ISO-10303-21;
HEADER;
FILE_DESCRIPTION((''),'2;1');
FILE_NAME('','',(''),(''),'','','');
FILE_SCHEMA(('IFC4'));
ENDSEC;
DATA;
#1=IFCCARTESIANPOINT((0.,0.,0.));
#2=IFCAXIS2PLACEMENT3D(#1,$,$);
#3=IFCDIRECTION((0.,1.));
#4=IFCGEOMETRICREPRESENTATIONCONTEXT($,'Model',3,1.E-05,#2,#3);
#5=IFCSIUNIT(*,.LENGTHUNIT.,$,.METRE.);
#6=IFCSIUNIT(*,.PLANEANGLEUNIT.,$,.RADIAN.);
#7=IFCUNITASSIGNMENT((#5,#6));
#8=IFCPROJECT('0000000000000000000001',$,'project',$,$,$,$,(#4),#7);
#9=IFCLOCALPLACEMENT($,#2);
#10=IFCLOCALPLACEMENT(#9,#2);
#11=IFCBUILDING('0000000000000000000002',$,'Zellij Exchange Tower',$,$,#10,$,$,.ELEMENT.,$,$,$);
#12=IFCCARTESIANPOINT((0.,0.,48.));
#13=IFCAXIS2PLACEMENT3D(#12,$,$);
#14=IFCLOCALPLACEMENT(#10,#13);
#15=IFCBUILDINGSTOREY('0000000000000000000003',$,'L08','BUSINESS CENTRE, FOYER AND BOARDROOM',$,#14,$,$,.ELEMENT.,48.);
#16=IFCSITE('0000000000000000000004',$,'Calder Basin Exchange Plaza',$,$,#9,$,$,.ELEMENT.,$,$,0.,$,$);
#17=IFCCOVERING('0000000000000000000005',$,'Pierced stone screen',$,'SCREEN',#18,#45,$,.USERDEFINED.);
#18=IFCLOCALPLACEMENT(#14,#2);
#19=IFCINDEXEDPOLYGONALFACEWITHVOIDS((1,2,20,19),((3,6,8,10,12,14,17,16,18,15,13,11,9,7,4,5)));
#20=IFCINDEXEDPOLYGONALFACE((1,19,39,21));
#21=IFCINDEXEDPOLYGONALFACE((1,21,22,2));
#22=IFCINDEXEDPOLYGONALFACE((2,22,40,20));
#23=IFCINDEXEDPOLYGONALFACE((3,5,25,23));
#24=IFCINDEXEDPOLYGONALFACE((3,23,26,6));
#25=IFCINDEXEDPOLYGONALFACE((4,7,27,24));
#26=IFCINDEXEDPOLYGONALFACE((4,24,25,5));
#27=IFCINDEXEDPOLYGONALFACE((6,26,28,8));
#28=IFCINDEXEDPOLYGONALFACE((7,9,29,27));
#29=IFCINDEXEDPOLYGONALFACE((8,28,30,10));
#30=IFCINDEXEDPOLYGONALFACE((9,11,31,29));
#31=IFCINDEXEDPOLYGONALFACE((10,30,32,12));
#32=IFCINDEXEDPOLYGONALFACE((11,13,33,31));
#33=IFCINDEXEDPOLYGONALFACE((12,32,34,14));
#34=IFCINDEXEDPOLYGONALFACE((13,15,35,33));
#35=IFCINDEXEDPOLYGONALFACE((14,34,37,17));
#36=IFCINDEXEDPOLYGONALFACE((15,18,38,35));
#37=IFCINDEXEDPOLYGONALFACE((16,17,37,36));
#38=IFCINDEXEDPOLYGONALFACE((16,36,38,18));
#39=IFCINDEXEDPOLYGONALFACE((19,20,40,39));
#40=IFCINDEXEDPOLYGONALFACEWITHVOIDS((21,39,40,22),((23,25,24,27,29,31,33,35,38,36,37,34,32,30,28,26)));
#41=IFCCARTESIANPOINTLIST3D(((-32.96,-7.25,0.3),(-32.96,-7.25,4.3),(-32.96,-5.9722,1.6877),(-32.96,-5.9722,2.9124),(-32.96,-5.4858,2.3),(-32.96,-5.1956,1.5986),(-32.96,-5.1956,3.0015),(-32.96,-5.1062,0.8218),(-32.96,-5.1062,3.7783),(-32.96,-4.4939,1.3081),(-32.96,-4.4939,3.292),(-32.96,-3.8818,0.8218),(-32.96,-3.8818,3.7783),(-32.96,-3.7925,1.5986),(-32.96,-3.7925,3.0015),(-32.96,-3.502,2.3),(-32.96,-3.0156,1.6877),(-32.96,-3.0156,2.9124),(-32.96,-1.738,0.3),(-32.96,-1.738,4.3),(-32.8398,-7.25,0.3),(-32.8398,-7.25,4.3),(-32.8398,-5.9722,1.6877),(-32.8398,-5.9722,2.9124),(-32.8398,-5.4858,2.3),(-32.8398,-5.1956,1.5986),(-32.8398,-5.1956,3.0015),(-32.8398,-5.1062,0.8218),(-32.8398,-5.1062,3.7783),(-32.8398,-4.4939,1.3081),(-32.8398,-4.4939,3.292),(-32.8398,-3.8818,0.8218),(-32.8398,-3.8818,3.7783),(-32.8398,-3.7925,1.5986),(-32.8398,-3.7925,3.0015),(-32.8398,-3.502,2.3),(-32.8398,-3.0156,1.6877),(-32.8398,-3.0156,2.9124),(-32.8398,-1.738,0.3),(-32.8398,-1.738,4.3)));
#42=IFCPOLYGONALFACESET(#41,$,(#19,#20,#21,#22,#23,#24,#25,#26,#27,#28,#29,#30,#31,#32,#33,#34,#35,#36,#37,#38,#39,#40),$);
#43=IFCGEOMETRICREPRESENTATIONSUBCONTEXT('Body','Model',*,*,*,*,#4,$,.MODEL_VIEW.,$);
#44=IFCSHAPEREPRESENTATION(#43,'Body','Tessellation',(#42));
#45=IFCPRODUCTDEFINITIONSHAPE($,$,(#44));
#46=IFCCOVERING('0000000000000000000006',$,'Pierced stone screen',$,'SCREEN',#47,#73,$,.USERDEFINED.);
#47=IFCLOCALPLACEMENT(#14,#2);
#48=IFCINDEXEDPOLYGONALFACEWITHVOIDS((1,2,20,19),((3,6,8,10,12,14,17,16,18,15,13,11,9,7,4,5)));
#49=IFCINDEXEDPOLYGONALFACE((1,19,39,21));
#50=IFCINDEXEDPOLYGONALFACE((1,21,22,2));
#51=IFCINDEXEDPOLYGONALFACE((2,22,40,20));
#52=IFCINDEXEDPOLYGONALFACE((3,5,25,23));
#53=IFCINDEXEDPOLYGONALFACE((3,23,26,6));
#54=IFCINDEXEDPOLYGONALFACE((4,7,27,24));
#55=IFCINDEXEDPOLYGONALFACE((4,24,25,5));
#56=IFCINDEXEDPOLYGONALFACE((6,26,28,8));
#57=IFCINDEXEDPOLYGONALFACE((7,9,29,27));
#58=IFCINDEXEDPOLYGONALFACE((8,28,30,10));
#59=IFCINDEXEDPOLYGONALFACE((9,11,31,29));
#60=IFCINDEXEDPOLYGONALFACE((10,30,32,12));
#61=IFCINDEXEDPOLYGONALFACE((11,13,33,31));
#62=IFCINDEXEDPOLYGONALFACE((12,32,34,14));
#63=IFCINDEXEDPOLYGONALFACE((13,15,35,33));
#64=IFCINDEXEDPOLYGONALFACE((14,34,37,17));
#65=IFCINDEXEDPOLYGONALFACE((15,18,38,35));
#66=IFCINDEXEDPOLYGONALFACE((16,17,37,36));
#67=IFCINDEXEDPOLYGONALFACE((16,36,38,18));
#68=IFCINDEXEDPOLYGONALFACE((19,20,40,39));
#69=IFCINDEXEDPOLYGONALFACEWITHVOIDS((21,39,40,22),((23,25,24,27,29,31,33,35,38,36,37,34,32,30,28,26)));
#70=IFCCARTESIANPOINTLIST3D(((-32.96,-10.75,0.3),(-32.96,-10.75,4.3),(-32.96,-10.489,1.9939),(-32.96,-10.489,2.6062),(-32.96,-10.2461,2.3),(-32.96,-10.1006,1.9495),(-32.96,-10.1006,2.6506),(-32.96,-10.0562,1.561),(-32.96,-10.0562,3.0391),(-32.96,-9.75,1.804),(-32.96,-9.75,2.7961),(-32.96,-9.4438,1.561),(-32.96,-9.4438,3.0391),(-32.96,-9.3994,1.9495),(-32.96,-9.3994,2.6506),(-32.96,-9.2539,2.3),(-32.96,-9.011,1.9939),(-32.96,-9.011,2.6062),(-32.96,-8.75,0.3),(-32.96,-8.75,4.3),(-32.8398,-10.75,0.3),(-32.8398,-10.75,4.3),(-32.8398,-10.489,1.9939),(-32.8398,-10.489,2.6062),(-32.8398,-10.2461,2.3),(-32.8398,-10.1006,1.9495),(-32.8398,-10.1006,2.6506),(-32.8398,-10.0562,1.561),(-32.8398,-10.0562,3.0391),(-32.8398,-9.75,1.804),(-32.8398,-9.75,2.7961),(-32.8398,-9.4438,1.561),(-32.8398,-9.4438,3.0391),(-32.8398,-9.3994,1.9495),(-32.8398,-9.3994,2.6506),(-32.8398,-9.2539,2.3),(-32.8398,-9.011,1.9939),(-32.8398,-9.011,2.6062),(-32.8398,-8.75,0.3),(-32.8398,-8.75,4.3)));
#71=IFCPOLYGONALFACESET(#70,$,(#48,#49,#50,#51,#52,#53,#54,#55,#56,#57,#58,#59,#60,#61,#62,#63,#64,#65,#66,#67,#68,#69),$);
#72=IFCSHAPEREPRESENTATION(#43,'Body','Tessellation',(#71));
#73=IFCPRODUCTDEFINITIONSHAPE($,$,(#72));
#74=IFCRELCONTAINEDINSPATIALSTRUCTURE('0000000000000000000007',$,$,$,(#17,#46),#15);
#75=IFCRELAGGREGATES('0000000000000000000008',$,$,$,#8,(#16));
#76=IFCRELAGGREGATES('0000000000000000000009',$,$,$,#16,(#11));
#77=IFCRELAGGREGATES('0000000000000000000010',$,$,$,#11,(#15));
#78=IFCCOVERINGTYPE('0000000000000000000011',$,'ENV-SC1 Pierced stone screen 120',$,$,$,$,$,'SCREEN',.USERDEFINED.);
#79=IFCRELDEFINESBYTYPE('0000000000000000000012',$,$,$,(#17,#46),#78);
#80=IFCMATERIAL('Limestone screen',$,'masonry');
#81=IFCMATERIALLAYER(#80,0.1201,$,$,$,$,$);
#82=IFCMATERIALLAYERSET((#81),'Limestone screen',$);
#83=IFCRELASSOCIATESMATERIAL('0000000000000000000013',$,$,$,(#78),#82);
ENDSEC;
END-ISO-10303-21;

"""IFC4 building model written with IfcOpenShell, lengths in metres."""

from ifc_helpers import new_model, si_unit, direction, frame, origin, place, context, subcontext, project, spatial, polyline, outline, extrude, material, layer, layer_set, type_object, element, save


model = new_model("IFC4")

# Units and contexts
model_context = context("Model", 3, precision=1e-05, world=origin(), true_north=direction((0.0, 1.0)))
body_context = subcontext(model_context, "Body", "Model", "MODEL_VIEW")
ifc_project = project(units=[si_unit("LENGTHUNIT", "METRE"), si_unit("PLANEANGLEUNIT", "RADIAN")], contexts=[model_context])

# Site, building, storey
site_placement = place(None, origin())
site = spatial("IfcSite", under=ifc_project, at=site_placement, Name="Calder Basin Exchange Plaza", CompositionType="ELEMENT", RefElevation=0.0)
building_placement = place(site_placement, origin())
building = spatial("IfcBuilding", under=site, at=building_placement, Name="Zellij Exchange Tower", CompositionType="ELEMENT")
storey_placement = place(building_placement, frame((0.0, 0.0, 48.0)))
storey = spatial("IfcBuildingStorey", under=building, at=storey_placement, Name="L08", Description="BUSINESS CENTRE, FOYER AND BOARDROOM", CompositionType="ELEMENT", Elevation=48.0)

# Coverings
ifc_material_1 = material(Name="Limestone screen", Category="masonry")
ifc_layer_1 = layer(ifc_material_1, 0.1201)
ifc_layer_set_1 = layer_set([ifc_layer_1], Name="Limestone screen")
covering_type_1 = type_object("IfcCoveringType", Name="ENV-SC1 Pierced stone screen 120", ElementType="SCREEN", PredefinedType="USERDEFINED", material=ifc_layer_set_1)
covering_1_placement = place(storey_placement, frame((-32.8999, -1.738, 0.3), z_axis=(0.0, 0.0, 1.0), x_axis=(0.0, -1.0, 0.0)))
element("IfcCovering", 1, at=covering_1_placement, inside=storey, type_object=covering_type_1, Name="Pierced stone screen", ObjectType="SCREEN", PredefinedType="USERDEFINED", context=body_context, shape_type="SweptSolid", body=[
    extrude(outline(polyline([(0.0, 0.0), (5.512, 0.0), (5.512, 4.0), (0.0, 4.0), (0.0, 0.0)]), holes=[polyline([(4.2341, 2.6123), (3.4575, 2.7014), (3.3682, 3.4783), (2.7559, 2.9919), (2.1438, 3.4783), (2.0544, 2.7014), (1.2776, 2.6123), (1.7639, 2.0), (1.2776, 1.3877), (2.0544, 1.2986), (2.1438, 0.5217), (2.7559, 1.0081), (3.3682, 0.5217), (3.4575, 1.2986), (4.2341, 1.3877), (3.7478, 2.0), (4.2341, 2.6123)])]), frame((0.0, 0.0601, 0.0), z_axis=(0.0, -1.0, 0.0), x_axis=(1.0, 0.0, 0.0)), (0.0, 0.0, 1.0), 0.1201),
])
covering_2_placement = place(storey_placement, frame((-32.8999, -8.75, 0.3), z_axis=(0.0, 0.0, 1.0), x_axis=(0.0, -1.0, 0.0)))
element("IfcCovering", 2, at=covering_2_placement, inside=storey, type_object=covering_type_1, Name="Pierced stone screen", ObjectType="SCREEN", PredefinedType="USERDEFINED", context=body_context, shape_type="SweptSolid", body=[
    extrude(outline(polyline([(0.0, 0.0), (2.0, 0.0), (2.0, 4.0), (0.0, 4.0), (0.0, 0.0)]), holes=[polyline([(1.739, 2.3062), (1.3506, 2.3506), (1.3062, 2.739), (1.0, 2.4961), (0.6938, 2.739), (0.6494, 2.3506), (0.261, 2.3062), (0.5039, 2.0), (0.261, 1.6938), (0.6494, 1.6494), (0.6938, 1.261), (1.0, 1.5039), (1.3062, 1.261), (1.3506, 1.6494), (1.739, 1.6938), (1.4961, 2.0), (1.739, 2.3062)])]), frame((0.0, 0.0601, 0.0), z_axis=(0.0, -1.0, 0.0), x_axis=(1.0, 0.0, 0.0)), (0.0, 0.0, 1.0), 0.1201),
])

save(model, "model.ifc")
